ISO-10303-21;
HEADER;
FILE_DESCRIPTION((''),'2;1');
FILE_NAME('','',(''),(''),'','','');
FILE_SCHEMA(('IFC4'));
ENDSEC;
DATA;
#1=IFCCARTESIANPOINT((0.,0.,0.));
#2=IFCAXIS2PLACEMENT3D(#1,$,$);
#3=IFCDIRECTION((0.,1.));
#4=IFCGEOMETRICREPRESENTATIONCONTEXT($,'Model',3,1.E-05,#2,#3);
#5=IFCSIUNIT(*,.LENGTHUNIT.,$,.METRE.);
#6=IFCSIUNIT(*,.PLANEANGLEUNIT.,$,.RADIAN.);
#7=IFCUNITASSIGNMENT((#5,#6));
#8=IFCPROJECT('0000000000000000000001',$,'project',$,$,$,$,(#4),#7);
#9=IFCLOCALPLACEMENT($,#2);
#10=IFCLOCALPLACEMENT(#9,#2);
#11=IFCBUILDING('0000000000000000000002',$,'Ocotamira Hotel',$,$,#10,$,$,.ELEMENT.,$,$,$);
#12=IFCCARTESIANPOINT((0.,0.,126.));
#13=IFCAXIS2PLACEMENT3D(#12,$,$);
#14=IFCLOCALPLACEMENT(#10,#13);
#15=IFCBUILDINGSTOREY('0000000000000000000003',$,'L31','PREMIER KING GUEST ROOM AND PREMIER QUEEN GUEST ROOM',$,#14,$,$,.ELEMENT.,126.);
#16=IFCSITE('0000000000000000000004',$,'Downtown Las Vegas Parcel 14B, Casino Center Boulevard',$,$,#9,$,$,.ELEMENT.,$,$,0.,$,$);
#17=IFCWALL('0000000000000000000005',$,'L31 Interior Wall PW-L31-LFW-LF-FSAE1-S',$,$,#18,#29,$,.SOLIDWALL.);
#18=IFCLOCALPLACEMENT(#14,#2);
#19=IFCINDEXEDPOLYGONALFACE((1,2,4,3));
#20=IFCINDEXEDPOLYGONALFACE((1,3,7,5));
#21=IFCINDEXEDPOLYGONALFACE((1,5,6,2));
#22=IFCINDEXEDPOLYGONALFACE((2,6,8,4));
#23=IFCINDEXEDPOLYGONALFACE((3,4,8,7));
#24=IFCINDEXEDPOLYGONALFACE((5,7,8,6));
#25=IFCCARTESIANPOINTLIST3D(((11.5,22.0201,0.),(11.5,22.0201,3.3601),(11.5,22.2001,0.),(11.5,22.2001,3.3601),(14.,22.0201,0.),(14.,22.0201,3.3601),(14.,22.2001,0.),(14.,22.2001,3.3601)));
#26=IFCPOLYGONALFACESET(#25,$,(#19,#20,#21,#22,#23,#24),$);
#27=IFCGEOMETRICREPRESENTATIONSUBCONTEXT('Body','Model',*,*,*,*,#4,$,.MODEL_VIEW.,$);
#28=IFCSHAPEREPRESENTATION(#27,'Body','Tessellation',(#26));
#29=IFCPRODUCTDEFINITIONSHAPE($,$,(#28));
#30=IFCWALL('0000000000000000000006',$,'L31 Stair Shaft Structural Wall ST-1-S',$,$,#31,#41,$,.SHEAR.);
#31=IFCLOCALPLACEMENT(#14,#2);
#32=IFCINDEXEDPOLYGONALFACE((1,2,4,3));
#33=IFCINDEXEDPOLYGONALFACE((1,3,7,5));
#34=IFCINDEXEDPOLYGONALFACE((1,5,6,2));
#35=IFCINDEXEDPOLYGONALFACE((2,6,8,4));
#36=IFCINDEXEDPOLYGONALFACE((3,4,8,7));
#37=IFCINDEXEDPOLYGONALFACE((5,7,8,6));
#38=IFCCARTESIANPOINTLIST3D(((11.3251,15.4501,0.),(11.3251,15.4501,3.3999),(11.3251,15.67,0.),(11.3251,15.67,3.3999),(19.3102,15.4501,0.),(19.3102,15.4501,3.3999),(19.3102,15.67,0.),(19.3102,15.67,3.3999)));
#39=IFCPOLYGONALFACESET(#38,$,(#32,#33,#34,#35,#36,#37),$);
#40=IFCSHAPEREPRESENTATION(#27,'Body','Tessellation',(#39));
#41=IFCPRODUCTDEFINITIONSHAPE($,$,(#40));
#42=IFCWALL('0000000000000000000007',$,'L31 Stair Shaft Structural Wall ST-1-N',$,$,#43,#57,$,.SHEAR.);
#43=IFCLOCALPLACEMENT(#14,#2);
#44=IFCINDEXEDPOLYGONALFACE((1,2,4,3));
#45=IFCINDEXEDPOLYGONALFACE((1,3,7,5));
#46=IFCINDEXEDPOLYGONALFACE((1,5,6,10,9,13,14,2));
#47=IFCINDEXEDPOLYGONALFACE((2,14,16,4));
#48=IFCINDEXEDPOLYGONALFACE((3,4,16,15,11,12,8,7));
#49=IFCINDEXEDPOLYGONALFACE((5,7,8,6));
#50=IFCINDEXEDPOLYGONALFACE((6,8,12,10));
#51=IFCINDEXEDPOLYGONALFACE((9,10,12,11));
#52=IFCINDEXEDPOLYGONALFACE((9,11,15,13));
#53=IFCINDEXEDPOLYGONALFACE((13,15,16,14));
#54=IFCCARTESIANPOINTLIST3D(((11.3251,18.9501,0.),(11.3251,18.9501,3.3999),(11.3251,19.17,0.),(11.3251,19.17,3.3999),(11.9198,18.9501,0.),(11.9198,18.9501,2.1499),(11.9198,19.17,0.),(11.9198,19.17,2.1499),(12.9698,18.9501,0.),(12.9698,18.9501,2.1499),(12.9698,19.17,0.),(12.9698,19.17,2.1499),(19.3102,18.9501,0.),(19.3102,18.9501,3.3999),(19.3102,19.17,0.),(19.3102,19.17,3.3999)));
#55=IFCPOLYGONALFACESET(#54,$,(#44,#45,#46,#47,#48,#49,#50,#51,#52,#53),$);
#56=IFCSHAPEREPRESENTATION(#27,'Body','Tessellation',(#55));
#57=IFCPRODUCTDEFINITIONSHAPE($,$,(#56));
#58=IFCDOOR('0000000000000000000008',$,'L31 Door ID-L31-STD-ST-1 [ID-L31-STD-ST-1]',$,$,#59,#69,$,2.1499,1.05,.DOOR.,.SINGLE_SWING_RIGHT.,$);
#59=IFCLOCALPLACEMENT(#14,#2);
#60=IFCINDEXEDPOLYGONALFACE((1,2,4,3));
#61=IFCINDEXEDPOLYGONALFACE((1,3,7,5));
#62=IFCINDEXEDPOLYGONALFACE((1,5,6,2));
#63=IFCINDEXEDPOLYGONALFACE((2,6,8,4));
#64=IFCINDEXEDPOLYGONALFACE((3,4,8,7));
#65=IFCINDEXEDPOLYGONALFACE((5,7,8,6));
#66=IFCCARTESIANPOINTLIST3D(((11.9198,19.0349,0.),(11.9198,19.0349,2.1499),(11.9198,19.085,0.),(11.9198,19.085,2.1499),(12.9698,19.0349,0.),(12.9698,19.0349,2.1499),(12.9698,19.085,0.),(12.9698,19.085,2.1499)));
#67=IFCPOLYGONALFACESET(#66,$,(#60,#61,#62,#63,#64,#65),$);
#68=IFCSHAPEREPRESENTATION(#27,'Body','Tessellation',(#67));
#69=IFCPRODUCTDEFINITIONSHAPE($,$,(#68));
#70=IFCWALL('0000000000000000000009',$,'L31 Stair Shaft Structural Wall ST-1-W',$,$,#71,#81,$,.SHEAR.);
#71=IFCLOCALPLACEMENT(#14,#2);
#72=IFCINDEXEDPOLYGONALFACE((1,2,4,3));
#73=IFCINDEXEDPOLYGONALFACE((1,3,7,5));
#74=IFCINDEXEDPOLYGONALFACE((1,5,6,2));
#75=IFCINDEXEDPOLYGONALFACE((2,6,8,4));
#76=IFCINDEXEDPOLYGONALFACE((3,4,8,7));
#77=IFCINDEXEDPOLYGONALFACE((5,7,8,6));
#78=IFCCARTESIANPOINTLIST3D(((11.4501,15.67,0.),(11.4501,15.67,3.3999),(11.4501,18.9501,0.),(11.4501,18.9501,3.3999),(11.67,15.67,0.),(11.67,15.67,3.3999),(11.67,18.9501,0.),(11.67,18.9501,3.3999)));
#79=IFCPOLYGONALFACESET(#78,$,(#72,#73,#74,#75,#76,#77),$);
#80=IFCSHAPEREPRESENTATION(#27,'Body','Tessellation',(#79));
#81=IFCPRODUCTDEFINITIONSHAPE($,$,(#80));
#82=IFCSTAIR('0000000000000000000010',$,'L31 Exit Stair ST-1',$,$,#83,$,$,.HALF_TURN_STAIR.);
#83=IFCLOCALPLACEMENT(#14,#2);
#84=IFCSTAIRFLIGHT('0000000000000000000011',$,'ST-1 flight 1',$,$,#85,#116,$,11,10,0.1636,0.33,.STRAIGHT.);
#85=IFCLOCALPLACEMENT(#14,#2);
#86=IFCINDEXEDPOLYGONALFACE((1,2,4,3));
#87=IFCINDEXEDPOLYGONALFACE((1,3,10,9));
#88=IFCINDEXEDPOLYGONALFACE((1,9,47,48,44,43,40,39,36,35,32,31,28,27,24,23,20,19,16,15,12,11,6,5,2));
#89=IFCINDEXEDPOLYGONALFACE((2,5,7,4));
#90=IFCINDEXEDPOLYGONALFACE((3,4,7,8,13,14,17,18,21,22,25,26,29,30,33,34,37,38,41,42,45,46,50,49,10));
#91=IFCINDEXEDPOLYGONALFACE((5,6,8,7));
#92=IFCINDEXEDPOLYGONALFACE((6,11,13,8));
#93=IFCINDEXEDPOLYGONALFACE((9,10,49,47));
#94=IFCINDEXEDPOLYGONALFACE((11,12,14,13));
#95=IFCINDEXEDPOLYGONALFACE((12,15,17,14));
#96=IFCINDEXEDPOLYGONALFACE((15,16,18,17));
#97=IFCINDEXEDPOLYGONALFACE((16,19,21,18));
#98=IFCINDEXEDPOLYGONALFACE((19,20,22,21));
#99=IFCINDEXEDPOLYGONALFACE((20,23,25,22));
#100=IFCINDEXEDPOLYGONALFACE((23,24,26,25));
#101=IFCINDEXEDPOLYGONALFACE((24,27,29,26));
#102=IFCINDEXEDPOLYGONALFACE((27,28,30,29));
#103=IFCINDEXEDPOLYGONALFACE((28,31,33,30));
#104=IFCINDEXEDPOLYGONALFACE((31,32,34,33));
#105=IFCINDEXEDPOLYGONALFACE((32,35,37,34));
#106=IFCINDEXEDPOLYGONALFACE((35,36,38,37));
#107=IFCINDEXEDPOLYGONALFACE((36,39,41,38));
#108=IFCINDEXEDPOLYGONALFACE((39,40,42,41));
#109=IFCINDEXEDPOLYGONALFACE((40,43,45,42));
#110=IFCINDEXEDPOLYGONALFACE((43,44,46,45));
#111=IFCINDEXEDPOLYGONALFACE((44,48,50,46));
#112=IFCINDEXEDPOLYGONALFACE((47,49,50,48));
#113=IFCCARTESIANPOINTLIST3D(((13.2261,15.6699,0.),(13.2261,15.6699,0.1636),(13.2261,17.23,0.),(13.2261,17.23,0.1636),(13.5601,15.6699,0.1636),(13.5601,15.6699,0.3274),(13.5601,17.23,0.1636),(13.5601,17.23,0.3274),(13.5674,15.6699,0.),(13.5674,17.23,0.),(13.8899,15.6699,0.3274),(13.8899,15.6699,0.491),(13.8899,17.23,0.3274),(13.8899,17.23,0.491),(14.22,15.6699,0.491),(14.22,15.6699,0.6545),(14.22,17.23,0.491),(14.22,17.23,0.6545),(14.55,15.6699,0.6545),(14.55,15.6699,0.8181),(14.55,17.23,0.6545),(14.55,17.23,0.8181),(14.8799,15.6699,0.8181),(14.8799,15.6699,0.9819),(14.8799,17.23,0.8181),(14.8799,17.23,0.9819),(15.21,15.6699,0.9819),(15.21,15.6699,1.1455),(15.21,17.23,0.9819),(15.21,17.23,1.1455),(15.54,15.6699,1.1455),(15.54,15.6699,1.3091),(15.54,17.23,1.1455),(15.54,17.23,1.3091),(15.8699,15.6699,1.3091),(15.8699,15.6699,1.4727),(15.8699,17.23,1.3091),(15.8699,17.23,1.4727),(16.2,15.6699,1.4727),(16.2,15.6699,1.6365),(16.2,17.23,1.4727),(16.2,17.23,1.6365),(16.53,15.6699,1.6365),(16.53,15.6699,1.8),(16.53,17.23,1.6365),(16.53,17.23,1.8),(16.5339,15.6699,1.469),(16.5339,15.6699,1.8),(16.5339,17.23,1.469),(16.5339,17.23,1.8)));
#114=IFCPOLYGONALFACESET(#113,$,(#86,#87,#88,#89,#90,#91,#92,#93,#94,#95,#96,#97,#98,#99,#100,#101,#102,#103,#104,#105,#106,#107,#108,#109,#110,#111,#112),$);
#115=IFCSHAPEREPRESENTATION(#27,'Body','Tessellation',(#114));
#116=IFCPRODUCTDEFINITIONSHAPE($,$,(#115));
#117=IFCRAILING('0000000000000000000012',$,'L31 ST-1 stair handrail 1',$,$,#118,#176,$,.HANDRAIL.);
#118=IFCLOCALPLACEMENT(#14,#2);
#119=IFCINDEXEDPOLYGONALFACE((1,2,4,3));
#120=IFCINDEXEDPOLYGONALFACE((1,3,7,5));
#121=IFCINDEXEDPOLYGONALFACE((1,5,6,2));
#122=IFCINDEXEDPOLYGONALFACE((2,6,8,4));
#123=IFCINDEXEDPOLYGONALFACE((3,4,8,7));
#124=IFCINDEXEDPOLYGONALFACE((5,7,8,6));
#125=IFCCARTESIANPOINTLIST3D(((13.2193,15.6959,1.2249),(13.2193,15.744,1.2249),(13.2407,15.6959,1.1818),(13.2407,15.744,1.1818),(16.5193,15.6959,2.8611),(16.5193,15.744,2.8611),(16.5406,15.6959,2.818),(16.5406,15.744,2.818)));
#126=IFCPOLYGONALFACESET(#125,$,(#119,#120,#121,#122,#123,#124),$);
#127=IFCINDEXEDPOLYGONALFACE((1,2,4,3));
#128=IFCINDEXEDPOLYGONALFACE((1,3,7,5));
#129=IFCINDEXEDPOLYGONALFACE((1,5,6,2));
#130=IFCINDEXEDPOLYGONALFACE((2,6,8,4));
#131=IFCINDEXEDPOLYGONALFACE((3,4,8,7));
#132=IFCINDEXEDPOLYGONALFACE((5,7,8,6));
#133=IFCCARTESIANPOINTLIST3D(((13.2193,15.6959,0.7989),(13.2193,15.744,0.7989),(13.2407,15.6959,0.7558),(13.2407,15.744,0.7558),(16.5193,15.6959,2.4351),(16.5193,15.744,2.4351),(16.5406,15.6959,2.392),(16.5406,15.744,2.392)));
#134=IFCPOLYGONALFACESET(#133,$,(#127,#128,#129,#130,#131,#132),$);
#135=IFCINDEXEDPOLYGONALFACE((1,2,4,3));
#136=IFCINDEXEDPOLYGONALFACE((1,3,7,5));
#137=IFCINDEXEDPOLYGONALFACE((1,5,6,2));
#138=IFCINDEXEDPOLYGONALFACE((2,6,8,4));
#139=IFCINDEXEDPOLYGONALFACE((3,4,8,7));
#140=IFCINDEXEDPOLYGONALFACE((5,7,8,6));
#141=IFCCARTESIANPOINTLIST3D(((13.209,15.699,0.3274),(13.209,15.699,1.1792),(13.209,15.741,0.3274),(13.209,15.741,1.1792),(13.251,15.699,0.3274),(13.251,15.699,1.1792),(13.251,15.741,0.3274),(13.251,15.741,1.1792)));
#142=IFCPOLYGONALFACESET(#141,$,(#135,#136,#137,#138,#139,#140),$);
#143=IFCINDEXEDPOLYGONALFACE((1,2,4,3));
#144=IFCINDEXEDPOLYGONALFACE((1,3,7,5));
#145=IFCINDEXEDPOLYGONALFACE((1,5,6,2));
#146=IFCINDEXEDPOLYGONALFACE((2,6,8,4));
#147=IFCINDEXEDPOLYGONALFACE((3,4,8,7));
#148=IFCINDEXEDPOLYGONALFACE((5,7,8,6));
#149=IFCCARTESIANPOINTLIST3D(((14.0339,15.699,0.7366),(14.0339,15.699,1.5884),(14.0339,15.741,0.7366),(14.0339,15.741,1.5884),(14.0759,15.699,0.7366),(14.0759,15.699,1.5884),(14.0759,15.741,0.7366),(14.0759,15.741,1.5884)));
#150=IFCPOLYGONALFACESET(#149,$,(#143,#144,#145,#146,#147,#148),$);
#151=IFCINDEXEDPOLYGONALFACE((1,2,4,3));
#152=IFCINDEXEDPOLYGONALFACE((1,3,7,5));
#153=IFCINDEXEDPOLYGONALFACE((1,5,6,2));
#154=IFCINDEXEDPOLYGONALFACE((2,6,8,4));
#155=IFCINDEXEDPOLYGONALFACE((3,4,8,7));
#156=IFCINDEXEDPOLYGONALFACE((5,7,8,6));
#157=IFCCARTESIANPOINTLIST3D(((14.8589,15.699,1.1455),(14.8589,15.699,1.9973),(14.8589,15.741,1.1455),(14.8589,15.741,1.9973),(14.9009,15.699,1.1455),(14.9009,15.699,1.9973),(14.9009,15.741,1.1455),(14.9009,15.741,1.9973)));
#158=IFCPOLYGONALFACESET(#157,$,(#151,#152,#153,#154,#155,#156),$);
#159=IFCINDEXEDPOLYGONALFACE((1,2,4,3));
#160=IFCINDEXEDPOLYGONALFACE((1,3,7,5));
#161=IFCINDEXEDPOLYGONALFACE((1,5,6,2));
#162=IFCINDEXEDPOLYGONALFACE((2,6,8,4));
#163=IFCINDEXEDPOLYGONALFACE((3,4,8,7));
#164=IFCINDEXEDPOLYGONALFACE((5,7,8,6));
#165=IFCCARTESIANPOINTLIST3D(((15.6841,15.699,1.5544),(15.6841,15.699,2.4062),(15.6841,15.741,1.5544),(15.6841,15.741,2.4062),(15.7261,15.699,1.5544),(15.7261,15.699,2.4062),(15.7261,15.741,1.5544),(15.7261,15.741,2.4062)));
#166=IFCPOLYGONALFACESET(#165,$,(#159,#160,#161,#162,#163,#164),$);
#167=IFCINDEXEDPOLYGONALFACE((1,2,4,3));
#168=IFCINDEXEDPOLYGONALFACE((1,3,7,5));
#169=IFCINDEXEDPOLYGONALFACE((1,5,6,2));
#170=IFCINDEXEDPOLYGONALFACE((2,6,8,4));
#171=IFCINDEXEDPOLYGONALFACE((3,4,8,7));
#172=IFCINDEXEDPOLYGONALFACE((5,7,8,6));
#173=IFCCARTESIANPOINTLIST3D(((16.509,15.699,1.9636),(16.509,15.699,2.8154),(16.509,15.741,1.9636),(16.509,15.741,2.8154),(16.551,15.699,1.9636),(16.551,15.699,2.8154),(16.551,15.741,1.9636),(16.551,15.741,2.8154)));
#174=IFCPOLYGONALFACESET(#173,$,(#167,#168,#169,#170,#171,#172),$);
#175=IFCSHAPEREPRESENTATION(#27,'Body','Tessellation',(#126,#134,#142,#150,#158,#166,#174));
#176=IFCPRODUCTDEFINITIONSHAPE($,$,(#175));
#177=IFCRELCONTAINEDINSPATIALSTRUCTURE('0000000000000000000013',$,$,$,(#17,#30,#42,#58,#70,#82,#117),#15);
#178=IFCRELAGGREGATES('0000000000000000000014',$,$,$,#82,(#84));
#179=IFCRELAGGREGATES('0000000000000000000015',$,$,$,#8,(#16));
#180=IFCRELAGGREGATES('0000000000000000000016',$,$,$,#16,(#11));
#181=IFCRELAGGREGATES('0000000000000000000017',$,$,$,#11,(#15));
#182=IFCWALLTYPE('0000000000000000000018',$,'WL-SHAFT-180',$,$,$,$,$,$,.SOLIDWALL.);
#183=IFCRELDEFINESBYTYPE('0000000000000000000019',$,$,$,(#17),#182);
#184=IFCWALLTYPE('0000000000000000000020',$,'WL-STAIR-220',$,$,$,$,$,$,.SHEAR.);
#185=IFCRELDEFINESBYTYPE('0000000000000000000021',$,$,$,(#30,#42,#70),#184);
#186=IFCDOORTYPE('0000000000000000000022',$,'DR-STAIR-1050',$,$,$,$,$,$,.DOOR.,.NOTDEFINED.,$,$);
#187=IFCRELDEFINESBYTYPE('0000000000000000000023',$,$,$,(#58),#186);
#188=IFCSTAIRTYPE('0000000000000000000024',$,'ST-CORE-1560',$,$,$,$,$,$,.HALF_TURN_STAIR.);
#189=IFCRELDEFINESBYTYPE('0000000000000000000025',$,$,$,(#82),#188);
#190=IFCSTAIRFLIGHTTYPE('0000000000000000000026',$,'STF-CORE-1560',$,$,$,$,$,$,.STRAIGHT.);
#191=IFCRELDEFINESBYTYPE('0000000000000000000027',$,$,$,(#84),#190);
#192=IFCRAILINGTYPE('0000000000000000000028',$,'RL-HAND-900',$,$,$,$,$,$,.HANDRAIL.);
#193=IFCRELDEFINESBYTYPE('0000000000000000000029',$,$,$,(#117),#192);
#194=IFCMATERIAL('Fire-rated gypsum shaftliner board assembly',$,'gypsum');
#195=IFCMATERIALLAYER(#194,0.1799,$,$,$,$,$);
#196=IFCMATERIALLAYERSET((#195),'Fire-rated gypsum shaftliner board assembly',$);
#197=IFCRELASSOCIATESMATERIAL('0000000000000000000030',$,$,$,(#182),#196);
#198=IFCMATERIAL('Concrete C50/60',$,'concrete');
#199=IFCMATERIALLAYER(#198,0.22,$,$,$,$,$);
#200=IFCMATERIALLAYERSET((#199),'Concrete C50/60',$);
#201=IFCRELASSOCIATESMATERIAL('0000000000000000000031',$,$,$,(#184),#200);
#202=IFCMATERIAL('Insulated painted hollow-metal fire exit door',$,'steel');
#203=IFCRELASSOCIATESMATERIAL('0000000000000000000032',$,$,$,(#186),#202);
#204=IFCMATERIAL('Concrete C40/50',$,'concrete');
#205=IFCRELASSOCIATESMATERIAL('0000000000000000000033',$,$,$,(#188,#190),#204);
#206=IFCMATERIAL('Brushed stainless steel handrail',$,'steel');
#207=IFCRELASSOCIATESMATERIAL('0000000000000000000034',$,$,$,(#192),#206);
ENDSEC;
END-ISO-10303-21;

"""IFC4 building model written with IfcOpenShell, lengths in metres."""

from ifc_helpers import new_model, si_unit, direction, frame, frame_2d, origin, origin_2d, place, context, subcontext, project, spatial, polyline, rectangle, outline, extrude, source, transform, mapped, material, layer, layer_set, type_object, element, fill, aggregate, save


model = new_model("IFC4")

# Units and contexts
model_context = context("Model", 3, precision=1e-05, world=origin(), true_north=direction((0.0, 1.0)))
body_context = subcontext(model_context, "Body", "Model", "MODEL_VIEW")
ifc_project = project(units=[si_unit("LENGTHUNIT", "METRE"), si_unit("PLANEANGLEUNIT", "RADIAN")], contexts=[model_context])

# Site, building, storey
site_placement = place(None, origin())
site = spatial("IfcSite", under=ifc_project, at=site_placement, Name="Downtown Las Vegas Parcel 14B, Casino Center Boulevard", CompositionType="ELEMENT", RefElevation=0.0)
building_placement = place(site_placement, origin())
building = spatial("IfcBuilding", under=site, at=building_placement, Name="Ocotamira Hotel", CompositionType="ELEMENT")
storey_placement = place(building_placement, frame((0.0, 0.0, 126.0)))
storey = spatial("IfcBuildingStorey", under=building, at=storey_placement, Name="L31", Description="PREMIER KING GUEST ROOM AND PREMIER QUEEN GUEST ROOM", CompositionType="ELEMENT", Elevation=126.0)

# Walls
ifc_material_1 = material(Name="Fire-rated gypsum shaftliner board assembly", Category="gypsum")
ifc_layer_1 = layer(ifc_material_1, 0.1799)
ifc_layer_set_1 = layer_set([ifc_layer_1], Name="Fire-rated gypsum shaftliner board assembly")
wall_type_1 = type_object("IfcWallType", Name="WL-SHAFT-180", PredefinedType="SOLIDWALL", material=ifc_layer_set_1)
wall_1_placement = place(storey_placement, frame((11.5, 22.1101, 0.0), z_axis=(0.0, 0.0, 1.0), x_axis=(1.0, 0.0, 0.0)))
element("IfcWall", 1, at=wall_1_placement, inside=storey, type_object=wall_type_1, Name="L31 Interior Wall PW-L31-LFW-LF-FSAE1-S", PredefinedType="SOLIDWALL", context=body_context, shape_type="SweptSolid", body=[
    extrude(rectangle(XDim=2.5, YDim=0.1799, at=frame_2d((1.25, 0.0))), origin(), (0.0, 0.0, 1.0), 3.3601),
])
ifc_material_2 = material(Name="Concrete C50/60", Category="concrete")
ifc_layer_2 = layer(ifc_material_2, 0.22)
ifc_layer_set_2 = layer_set([ifc_layer_2], Name="Concrete C50/60")
wall_type_2 = type_object("IfcWallType", Name="WL-STAIR-220", PredefinedType="SHEAR", material=ifc_layer_set_2)
wall_2_placement = place(storey_placement, frame((11.325, 15.5601, 0.0), z_axis=(0.0, 0.0, 1.0), x_axis=(1.0, 0.0, 0.0)))
element("IfcWall", 2, at=wall_2_placement, inside=storey, type_object=wall_type_2, Name="L31 Stair Shaft Structural Wall ST-1-S", PredefinedType="SHEAR", context=body_context, shape_type="SweptSolid", body=[
    extrude(rectangle(XDim=7.9851, YDim=0.22, at=frame_2d((3.9927, 0.0))), origin(), (0.0, 0.0, 1.0), 3.3999),
])

# Wall, opening, door
wall_3_placement = place(storey_placement, frame((11.325, 19.0601, 0.0), z_axis=(0.0, 0.0, 1.0), x_axis=(1.0, 0.0, 0.0)))
wall_3 = element("IfcWall", 3, at=wall_3_placement, inside=storey, type_object=wall_type_2, Name="L31 Stair Shaft Structural Wall ST-1-N", PredefinedType="SHEAR", context=body_context, shape_type="SweptSolid", body=[
    extrude(rectangle(XDim=7.9851, YDim=0.22, at=frame_2d((3.9927, 0.0))), origin(), (0.0, 0.0, 1.0), 3.3999),
])
opening_1_placement = place(wall_3_placement, frame((0.595, 0.0, 0.0)))
opening_1 = element("IfcOpeningElement", 4, at=opening_1_placement, cuts=wall_3, PredefinedType="OPENING", context=body_context, shape_type="SweptSolid", body=[
    extrude(rectangle(XDim=1.05, YDim=2.1499, at=frame_2d((0.5249, 1.075))), frame((0.0, 0.1201, 0.0), z_axis=(0.0, -1.0, 0.0), x_axis=(1.0, 0.0, 0.0)), (0.0, 0.0, 1.0), 0.24),
])
ifc_material_3 = material(Name="Insulated painted hollow-metal fire exit door", Category="steel")
door_type_1 = type_object("IfcDoorType", Name="DR-STAIR-1050", OperationType="NOTDEFINED", PredefinedType="DOOR", material=ifc_material_3)
shared_shape_1 = source(origin(), body_context, "Body", "SweptSolid", [
    extrude(rectangle(XDim=1.05, YDim=2.1499, at=frame_2d((0.5249, 1.075))), frame((0.0, 0.0249, 0.0), z_axis=(0.0, -1.0, 0.0), x_axis=(1.0, 0.0, 0.0)), (0.0, 0.0, 1.0), 0.05),
])
door_1_placement = place(opening_1_placement, origin())
door_1 = element("IfcDoor", 5, at=door_1_placement, inside=storey, type_object=door_type_1, Name="L31 Door ID-L31-STD-ST-1 [ID-L31-STD-ST-1]", OperationType="SINGLE_SWING_RIGHT", OverallHeight=2.1499, OverallWidth=1.05, PredefinedType="DOOR", context=body_context, shape_type="MappedRepresentation", body=[
    mapped(shared_shape_1, transform((0.0, 0.0, 0.0), scale=1.0)),
])
fill(opening_1, door_1)

# Wall
wall_4_placement = place(storey_placement, frame((11.5601, 15.6699, 0.0), z_axis=(0.0, 0.0, 1.0), x_axis=(0.0, 1.0, 0.0)))
element("IfcWall", 6, at=wall_4_placement, inside=storey, type_object=wall_type_2, Name="L31 Stair Shaft Structural Wall ST-1-W", PredefinedType="SHEAR", context=body_context, shape_type="SweptSolid", body=[
    extrude(rectangle(XDim=3.28, YDim=0.22, at=frame_2d((1.6401, 0.0))), origin(), (0.0, 0.0, 1.0), 3.3999),
])

# Stair, stair flight
ifc_material_4 = material(Name="Concrete C40/50", Category="concrete")
stair_type = type_object("IfcStairType", Name="ST-CORE-1560", PredefinedType="HALF_TURN_STAIR", material=ifc_material_4)
stair_placement = place(storey_placement, origin())
stair = element("IfcStair", 7, at=stair_placement, inside=storey, type_object=stair_type, Name="L31 Exit Stair ST-1", PredefinedType="HALF_TURN_STAIR")
stair_flight_type = type_object("IfcStairFlightType", Name="STF-CORE-1560", PredefinedType="STRAIGHT", material=ifc_material_4)
shared_shape_2 = source(origin(), body_context, "Body", "SweptSolid", [
    extrude(outline(polyline([(-0.0039, 0.0), (-0.0039, 0.1636), (0.3301, 0.1636), (0.3301, 0.3274), (0.6599, 0.3274), (0.6599, 0.491), (0.99, 0.491), (0.99, 0.6545), (1.3201, 0.6545), (1.3201, 0.8181), (1.6499, 0.8181), (1.6499, 0.9819), (1.98, 0.9819), (1.98, 1.1455), (2.3101, 1.1455), (2.3101, 1.3091), (2.6399, 1.3091), (2.6399, 1.4727), (2.97, 1.4727), (2.97, 1.6365), (3.3, 1.6365), (3.3, 1.8), (3.304, 1.8), (3.304, 1.469), (0.3374, 0.0), (-0.0039, 0.0)])), frame((0.0, 0.78, 0.0), z_axis=(0.0, -1.0, 0.0), x_axis=(1.0, 0.0, 0.0)), (0.0, 0.0, 1.0), 1.5601),
])
stair_flight_placement = place(storey_placement, frame((13.23, 16.45, 0.0), z_axis=(0.0, 0.0, 1.0), x_axis=(1.0, 0.0, 0.0)))
stair_flight = element("IfcStairFlight", 8, at=stair_flight_placement, type_object=stair_flight_type, Name="ST-1 flight 1", NumberOfRisers=11, NumberOfTreads=10, PredefinedType="STRAIGHT", RiserHeight=0.1636, TreadLength=0.33, context=body_context, shape_type="MappedRepresentation", body=[
    mapped(shared_shape_2, transform((0.0, 0.0, 0.0), scale=1.0)),
])
aggregate(stair, [stair_flight])

# Railing
ifc_material_5 = material(Name="Brushed stainless steel handrail", Category="steel")
railing_type_1 = type_object("IfcRailingType", Name="RL-HAND-900", PredefinedType="HANDRAIL", material=ifc_material_5)
railing_1_placement = place(storey_placement, frame((13.23, 15.72, 0.3274)))
element("IfcRailing", 9, at=railing_1_placement, inside=storey, type_object=railing_type_1, Name="L31 ST-1 stair handrail 1", PredefinedType="HANDRAIL", context=body_context, shape_type="SweptSolid", body=[
    extrude(rectangle(XDim=0.0481, YDim=0.0481, at=origin_2d()), frame((0.0, 0.0, 0.876), z_axis=(0.89592, 0.0, 0.444215), x_axis=(0.0, 1.0, 0.0)), (0.0, 0.0, 1.0), 3.6833),
    extrude(rectangle(XDim=0.0481, YDim=0.0481, at=origin_2d()), frame((0.0, 0.0, 0.45), z_axis=(0.89592, 0.0, 0.444215), x_axis=(0.0, 1.0, 0.0)), (0.0, 0.0, 1.0), 3.6833),
    extrude(rectangle(XDim=0.042, YDim=0.042, at=origin_2d()), origin(), (0.0, 0.0, 1.0), 0.8518),
    extrude(rectangle(XDim=0.042, YDim=0.042, at=origin_2d()), frame((0.825, 0.0, 0.4092)), (0.0, 0.0, 1.0), 0.8518),
    extrude(rectangle(XDim=0.042, YDim=0.042, at=origin_2d()), frame((1.6499, 0.0, 0.8181)), (0.0, 0.0, 1.0), 0.8518),
    extrude(rectangle(XDim=0.042, YDim=0.042, at=origin_2d()), frame((2.4751, 0.0, 1.2271)), (0.0, 0.0, 1.0), 0.8518),
    extrude(rectangle(XDim=0.042, YDim=0.042, at=origin_2d()), frame((3.3, 0.0, 1.6362)), (0.0, 0.0, 1.0), 0.8518),
])

save(model, "model.ifc")
